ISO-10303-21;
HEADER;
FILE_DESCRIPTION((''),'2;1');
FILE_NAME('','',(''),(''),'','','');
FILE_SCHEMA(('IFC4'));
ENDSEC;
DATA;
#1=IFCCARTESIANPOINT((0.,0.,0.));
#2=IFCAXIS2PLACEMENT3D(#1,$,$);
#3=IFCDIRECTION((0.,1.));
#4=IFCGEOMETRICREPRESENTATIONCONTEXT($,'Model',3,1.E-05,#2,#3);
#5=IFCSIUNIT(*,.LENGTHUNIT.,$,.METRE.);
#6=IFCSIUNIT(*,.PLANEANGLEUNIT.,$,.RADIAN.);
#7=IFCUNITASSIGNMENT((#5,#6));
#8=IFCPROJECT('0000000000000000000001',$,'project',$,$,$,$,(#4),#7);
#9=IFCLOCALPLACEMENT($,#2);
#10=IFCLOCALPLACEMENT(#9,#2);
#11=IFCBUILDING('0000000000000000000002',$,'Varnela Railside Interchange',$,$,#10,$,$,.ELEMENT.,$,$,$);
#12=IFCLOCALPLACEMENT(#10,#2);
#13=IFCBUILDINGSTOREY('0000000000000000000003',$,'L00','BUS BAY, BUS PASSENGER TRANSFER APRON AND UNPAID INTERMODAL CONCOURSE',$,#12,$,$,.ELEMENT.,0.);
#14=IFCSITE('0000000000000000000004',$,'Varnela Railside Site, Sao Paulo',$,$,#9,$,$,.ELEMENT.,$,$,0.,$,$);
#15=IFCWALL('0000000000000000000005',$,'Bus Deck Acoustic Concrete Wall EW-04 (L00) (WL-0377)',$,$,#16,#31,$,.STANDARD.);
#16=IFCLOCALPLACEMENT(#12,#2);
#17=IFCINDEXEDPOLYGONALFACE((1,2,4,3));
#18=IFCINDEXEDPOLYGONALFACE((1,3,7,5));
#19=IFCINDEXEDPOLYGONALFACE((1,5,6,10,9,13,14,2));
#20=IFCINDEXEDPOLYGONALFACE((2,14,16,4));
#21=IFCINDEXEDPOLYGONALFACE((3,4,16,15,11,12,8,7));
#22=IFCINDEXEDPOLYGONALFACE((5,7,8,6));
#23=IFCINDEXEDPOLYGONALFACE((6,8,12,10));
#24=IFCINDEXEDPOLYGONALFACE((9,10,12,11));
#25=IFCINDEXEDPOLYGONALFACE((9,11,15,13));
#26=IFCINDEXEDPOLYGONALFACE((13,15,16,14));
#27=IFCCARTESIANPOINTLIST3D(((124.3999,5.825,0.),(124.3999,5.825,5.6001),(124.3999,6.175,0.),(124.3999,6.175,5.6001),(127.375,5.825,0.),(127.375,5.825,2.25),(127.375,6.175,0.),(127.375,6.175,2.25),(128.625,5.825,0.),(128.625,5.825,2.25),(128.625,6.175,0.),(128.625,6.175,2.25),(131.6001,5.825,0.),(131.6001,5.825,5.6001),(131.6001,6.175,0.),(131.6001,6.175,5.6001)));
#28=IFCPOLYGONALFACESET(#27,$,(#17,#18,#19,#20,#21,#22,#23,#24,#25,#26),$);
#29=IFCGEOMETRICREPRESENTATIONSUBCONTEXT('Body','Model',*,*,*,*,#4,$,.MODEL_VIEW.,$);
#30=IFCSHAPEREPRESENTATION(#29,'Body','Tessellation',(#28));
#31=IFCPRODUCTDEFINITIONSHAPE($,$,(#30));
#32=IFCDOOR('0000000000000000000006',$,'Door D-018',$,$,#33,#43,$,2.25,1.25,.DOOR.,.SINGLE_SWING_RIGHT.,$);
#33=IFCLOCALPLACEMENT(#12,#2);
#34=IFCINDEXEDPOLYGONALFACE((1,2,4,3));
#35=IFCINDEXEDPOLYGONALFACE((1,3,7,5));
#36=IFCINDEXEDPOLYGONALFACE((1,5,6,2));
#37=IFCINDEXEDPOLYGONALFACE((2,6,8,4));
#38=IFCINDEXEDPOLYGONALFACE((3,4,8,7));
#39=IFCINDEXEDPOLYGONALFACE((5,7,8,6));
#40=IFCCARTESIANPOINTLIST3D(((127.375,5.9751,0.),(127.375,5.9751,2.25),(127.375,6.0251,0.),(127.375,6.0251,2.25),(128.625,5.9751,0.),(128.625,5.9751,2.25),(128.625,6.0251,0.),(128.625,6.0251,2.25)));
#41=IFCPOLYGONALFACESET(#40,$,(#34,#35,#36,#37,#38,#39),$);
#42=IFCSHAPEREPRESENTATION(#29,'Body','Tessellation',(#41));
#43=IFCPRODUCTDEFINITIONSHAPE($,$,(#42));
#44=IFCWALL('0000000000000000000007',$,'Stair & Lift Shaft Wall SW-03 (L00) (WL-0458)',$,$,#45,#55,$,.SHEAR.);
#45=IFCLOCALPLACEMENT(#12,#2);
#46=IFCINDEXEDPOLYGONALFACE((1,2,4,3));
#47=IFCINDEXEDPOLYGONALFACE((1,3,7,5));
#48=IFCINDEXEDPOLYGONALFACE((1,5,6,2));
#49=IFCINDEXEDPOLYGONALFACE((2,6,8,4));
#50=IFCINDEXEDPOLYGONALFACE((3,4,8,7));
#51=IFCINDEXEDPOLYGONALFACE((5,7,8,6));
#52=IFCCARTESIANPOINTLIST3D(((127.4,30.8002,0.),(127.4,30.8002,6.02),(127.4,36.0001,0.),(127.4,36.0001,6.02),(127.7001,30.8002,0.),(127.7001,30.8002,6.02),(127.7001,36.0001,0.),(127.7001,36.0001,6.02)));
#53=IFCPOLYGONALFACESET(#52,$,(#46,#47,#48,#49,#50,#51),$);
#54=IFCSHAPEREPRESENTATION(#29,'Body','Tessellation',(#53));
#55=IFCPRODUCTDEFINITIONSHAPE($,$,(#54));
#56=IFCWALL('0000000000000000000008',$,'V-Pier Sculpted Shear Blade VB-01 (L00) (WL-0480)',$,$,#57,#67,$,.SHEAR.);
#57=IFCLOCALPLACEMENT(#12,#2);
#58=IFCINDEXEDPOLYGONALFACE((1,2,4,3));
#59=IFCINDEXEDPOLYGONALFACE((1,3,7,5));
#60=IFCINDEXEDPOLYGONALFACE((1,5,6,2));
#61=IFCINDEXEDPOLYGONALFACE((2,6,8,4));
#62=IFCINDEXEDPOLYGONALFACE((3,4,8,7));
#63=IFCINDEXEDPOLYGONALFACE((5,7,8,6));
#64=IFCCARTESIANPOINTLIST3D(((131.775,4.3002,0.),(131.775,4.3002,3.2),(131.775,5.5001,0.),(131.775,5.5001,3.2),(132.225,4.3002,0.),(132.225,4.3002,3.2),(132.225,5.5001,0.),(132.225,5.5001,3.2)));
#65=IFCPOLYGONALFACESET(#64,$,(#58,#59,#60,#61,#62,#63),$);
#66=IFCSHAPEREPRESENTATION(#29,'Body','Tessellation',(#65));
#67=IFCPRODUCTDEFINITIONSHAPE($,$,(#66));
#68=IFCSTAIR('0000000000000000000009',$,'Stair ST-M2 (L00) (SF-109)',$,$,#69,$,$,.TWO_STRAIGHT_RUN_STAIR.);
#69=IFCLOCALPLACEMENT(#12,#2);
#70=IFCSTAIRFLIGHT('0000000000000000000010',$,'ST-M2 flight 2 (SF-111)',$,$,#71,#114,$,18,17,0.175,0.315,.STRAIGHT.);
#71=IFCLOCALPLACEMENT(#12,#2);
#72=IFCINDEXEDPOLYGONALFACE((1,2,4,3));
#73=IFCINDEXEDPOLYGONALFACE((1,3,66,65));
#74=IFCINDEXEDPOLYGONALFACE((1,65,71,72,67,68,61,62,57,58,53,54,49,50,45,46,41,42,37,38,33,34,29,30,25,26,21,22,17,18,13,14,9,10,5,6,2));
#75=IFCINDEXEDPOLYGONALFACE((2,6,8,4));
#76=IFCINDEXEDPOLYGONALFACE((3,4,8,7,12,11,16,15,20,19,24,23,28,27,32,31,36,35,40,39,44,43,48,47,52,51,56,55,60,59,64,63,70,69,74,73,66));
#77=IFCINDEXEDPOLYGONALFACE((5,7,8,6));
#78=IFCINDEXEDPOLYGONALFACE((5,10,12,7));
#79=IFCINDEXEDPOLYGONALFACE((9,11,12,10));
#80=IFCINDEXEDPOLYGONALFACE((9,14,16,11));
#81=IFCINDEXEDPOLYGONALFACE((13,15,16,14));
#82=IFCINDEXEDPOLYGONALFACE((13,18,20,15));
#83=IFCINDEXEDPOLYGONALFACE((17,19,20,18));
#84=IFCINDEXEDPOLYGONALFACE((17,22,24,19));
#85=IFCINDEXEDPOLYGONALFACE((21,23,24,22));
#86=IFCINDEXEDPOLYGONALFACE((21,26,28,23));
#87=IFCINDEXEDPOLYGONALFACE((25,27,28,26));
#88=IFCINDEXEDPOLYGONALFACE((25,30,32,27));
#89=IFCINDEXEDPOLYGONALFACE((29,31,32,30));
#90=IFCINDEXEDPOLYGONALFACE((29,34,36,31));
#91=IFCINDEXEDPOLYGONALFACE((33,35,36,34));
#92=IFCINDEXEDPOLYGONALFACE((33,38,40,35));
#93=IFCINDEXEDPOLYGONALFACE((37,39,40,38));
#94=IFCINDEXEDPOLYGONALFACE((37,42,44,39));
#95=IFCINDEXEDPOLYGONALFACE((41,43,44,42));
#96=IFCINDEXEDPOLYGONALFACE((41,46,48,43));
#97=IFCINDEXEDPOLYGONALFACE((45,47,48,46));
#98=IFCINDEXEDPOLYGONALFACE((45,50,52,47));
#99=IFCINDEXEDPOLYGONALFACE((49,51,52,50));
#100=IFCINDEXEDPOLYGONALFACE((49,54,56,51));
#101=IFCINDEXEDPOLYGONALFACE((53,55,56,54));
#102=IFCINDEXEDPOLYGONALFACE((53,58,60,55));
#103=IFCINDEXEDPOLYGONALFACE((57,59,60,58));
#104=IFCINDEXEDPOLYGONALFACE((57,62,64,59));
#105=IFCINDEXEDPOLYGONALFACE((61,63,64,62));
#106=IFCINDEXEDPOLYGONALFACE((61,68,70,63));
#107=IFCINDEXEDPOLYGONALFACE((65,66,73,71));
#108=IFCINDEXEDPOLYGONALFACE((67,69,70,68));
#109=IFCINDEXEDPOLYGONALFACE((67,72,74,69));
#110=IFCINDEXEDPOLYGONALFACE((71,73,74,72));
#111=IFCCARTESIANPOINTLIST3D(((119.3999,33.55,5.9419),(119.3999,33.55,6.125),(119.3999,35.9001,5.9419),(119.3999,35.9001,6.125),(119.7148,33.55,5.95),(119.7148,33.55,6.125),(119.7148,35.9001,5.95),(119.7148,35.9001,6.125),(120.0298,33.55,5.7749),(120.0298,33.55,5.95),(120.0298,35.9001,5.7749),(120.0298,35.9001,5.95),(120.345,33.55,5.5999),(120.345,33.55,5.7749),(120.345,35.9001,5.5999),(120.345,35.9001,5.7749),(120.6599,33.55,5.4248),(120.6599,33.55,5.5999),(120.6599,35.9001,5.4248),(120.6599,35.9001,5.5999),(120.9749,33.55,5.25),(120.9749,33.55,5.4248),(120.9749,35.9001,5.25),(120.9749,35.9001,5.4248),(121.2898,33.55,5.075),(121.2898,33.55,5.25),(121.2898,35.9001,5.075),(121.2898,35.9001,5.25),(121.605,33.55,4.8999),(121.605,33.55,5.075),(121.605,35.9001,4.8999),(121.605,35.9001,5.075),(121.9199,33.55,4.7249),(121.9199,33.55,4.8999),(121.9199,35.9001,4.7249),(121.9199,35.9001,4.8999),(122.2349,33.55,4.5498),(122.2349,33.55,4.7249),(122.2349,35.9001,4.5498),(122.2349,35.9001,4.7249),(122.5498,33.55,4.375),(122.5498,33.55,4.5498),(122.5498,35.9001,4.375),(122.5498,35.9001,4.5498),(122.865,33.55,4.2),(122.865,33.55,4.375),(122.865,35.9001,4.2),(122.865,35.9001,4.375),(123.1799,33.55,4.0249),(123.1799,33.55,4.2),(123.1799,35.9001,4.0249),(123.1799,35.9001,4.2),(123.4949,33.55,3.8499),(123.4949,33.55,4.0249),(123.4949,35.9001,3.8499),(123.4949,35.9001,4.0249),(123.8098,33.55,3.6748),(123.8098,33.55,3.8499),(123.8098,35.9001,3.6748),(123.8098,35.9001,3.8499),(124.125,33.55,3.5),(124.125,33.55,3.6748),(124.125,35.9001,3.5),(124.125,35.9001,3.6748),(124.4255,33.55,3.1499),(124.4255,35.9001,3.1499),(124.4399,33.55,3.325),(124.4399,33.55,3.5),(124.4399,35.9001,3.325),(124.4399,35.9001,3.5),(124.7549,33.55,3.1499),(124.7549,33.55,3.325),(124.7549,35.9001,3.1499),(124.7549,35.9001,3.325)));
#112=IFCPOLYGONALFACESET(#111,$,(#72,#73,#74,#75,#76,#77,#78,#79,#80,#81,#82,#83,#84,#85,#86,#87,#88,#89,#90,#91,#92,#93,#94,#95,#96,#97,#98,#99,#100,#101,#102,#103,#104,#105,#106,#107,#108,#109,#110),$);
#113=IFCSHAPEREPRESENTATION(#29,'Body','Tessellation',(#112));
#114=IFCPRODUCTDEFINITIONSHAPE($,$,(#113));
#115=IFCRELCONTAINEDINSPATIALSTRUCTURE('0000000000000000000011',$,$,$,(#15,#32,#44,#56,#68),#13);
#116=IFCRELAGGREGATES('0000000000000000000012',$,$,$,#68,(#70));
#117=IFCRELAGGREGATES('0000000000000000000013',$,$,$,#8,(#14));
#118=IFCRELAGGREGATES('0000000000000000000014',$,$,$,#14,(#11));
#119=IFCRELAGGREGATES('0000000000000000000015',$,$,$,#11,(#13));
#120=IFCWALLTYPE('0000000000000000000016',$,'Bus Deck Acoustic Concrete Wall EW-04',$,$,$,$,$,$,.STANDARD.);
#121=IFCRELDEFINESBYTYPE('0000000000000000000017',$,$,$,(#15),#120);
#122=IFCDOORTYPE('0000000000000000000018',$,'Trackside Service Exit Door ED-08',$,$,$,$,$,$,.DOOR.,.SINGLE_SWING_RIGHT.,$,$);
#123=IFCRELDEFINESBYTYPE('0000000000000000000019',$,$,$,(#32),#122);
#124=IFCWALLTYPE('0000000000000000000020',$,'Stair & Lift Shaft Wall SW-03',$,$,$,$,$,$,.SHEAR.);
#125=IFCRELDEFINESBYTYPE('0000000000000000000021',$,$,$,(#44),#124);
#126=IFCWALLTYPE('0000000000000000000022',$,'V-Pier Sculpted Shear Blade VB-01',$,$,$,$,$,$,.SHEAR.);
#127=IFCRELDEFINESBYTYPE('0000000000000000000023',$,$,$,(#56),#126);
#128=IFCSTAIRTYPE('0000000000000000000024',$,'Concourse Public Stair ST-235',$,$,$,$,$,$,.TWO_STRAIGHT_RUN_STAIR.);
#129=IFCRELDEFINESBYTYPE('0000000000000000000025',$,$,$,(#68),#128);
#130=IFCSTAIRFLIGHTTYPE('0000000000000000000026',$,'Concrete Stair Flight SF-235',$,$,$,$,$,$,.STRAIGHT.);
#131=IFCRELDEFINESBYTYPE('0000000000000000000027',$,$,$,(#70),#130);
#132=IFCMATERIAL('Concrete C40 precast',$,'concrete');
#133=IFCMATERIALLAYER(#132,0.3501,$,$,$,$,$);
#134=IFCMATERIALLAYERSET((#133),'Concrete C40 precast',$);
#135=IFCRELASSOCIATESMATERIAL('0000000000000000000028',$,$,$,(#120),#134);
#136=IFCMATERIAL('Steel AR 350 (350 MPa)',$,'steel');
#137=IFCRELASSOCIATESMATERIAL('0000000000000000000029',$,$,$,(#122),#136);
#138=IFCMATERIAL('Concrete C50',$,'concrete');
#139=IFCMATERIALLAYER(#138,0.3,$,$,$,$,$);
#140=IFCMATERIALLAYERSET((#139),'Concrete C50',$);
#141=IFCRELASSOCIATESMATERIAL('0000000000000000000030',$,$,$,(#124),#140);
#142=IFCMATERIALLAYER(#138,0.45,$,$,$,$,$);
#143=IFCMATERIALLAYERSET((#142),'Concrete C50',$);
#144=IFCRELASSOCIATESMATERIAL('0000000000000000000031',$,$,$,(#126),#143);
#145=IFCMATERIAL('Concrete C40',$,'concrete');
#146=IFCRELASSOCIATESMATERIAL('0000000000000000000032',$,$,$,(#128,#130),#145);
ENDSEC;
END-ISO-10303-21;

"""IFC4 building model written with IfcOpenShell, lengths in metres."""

from ifc_helpers import new_model, si_unit, direction, frame, frame_2d, origin, place, context, subcontext, project, spatial, polyline, rectangle, outline, extrude, material, layer, layer_set, type_object, element, fill, aggregate, save


model = new_model("IFC4")

# Units and contexts
model_context = context("Model", 3, precision=1e-05, world=origin(), true_north=direction((0.0, 1.0)))
body_context = subcontext(model_context, "Body", "Model", "MODEL_VIEW")
ifc_project = project(units=[si_unit("LENGTHUNIT", "METRE"), si_unit("PLANEANGLEUNIT", "RADIAN")], contexts=[model_context])

# Site, building, storey
site_placement = place(None, origin())
site = spatial("IfcSite", under=ifc_project, at=site_placement, Name="Varnela Railside Site, Sao Paulo", CompositionType="ELEMENT", RefElevation=0.0)
building_placement = place(site_placement, origin())
building = spatial("IfcBuilding", under=site, at=building_placement, Name="Varnela Railside Interchange", CompositionType="ELEMENT")
storey_placement = place(building_placement, origin())
storey = spatial("IfcBuildingStorey", under=building, at=storey_placement, Name="L00", Description="BUS BAY, BUS PASSENGER TRANSFER APRON AND UNPAID INTERMODAL CONCOURSE", CompositionType="ELEMENT", Elevation=0.0)

# Shared definitions
ifc_material_1 = material(Name="Concrete C50", Category="concrete")

# Shared definitions
ifc_material_2 = material(Name="Concrete C40", Category="concrete")

# Shared definitions
ifc_material_3 = material(Name="Steel AR 350 (350 MPa)", Category="steel")

# Wall, opening, door
ifc_material_4 = material(Name="Concrete C40 precast", Category="concrete")
ifc_layer_1 = layer(ifc_material_4, 0.3501)
ifc_layer_set_1 = layer_set([ifc_layer_1], Name="Concrete C40 precast")
wall_type_1 = type_object("IfcWallType", Name="Bus Deck Acoustic Concrete Wall EW-04", PredefinedType="STANDARD", material=ifc_layer_set_1)
wall_1_placement = place(storey_placement, frame((131.6001, 6.0, 0.0), z_axis=(0.0, 0.0, 1.0), x_axis=(-1.0, 0.0, 0.0)))
wall_1 = element("IfcWall", 1, at=wall_1_placement, inside=storey, type_object=wall_type_1, Name="Bus Deck Acoustic Concrete Wall EW-04 (L00) (WL-0377)", PredefinedType="STANDARD", context=body_context, shape_type="SweptSolid", body=[
    extrude(rectangle(XDim=7.2002, YDim=0.3501, at=frame_2d((3.6001, 0.0))), origin(), (0.0, 0.0, 1.0), 5.6001),
])
opening_placement = place(wall_1_placement, frame((2.9751, 0.0, 0.0)))
opening = element("IfcOpeningElement", 2, at=opening_placement, cuts=wall_1, PredefinedType="OPENING", context=body_context, shape_type="SweptSolid", body=[
    extrude(rectangle(XDim=1.25, YDim=2.25, at=frame_2d((0.625, 1.125))), frame((0.0, 0.1851, 0.0), z_axis=(0.0, -1.0, 0.0), x_axis=(1.0, 0.0, 0.0)), (0.0, 0.0, 1.0), 0.3701),
])
door_type = type_object("IfcDoorType", Name="Trackside Service Exit Door ED-08", OperationType="SINGLE_SWING_RIGHT", PredefinedType="DOOR", material=ifc_material_3)
door_placement = place(opening_placement, origin())
door = element("IfcDoor", 3, at=door_placement, inside=storey, type_object=door_type, Name="Door D-018", OperationType="SINGLE_SWING_RIGHT", OverallHeight=2.25, OverallWidth=1.25, PredefinedType="DOOR", context=body_context, shape_type="SweptSolid", body=[
    extrude(rectangle(XDim=1.25, YDim=2.25, at=frame_2d((0.625, 1.125))), frame((0.0, 0.0249, 0.0), z_axis=(0.0, -1.0, 0.0), x_axis=(1.0, 0.0, 0.0)), (0.0, 0.0, 1.0), 0.05),
])
fill(opening, door)

# Walls
ifc_layer_2 = layer(ifc_material_1, 0.3)
ifc_layer_set_2 = layer_set([ifc_layer_2], Name="Concrete C50")
wall_type_2 = type_object("IfcWallType", Name="Stair & Lift Shaft Wall SW-03", PredefinedType="SHEAR", material=ifc_layer_set_2)
wall_2_placement = place(storey_placement, frame((127.55, 30.8, 0.0), z_axis=(0.0, 0.0, 1.0), x_axis=(0.0, 1.0, 0.0)))
element("IfcWall", 4, at=wall_2_placement, inside=storey, type_object=wall_type_2, Name="Stair & Lift Shaft Wall SW-03 (L00) (WL-0458)", PredefinedType="SHEAR", context=body_context, shape_type="SweptSolid", body=[
    extrude(rectangle(XDim=5.2, YDim=0.3, at=frame_2d((2.6001, 0.0))), origin(), (0.0, 0.0, 1.0), 6.02),
])
ifc_layer_3 = layer(ifc_material_1, 0.45)
ifc_layer_set_3 = layer_set([ifc_layer_3], Name="Concrete C50")
wall_type_3 = type_object("IfcWallType", Name="V-Pier Sculpted Shear Blade VB-01", PredefinedType="SHEAR", material=ifc_layer_set_3)
wall_3_placement = place(storey_placement, frame((132.0, 4.3, 0.0), z_axis=(0.0, 0.0, 1.0), x_axis=(0.0, 1.0, 0.0)))
element("IfcWall", 5, at=wall_3_placement, inside=storey, type_object=wall_type_3, Name="V-Pier Sculpted Shear Blade VB-01 (L00) (WL-0480)", PredefinedType="SHEAR", context=body_context, shape_type="SweptSolid", body=[
    extrude(rectangle(XDim=1.2, YDim=0.45, at=frame_2d((0.6001, 0.0))), origin(), (0.0, 0.0, 1.0), 3.2),
])

# Stair, stair flight
stair_type = type_object("IfcStairType", Name="Concourse Public Stair ST-235", PredefinedType="TWO_STRAIGHT_RUN_STAIR", material=ifc_material_2)
stair_placement = place(storey_placement, origin())
stair = element("IfcStair", 6, at=stair_placement, inside=storey, type_object=stair_type, Name="Stair ST-M2 (L00) (SF-109)", PredefinedType="TWO_STRAIGHT_RUN_STAIR")
stair_flight_type = type_object("IfcStairFlightType", Name="Concrete Stair Flight SF-235", PredefinedType="STRAIGHT", material=ifc_material_2)
stair_flight_placement = place(storey_placement, frame((124.7549, 34.7251, 3.1499), z_axis=(0.0, 0.0, 1.0), x_axis=(-1.0, 0.0, 0.0)))
stair_flight = element("IfcStairFlight", 7, at=stair_flight_placement, type_object=stair_flight_type, Name="ST-M2 flight 2 (SF-111)", NumberOfRisers=18, NumberOfTreads=17, PredefinedType="STRAIGHT", RiserHeight=0.175, TreadLength=0.315, context=body_context, shape_type="SweptSolid", body=[
    extrude(outline(polyline([(0.0, 0.0), (0.0, 0.175), (0.3149, 0.175), (0.3149, 0.3501), (0.6299, 0.3501), (0.6299, 0.5249), (0.9451, 0.5249), (0.9451, 0.7), (1.26, 0.7), (1.26, 0.875), (1.575, 0.875), (1.575, 1.05), (1.8899, 1.05), (1.8899, 1.2251), (2.2051, 1.2251), (2.2051, 1.3999), (2.52, 1.3999), (2.52, 1.575), (2.835, 1.575), (2.835, 1.75), (3.1499, 1.75), (3.1499, 1.925), (3.4651, 1.925), (3.4651, 2.1001), (3.78, 2.1001), (3.78, 2.2749), (4.095, 2.2749), (4.095, 2.45), (4.4099, 2.45), (4.4099, 2.625), (4.7251, 2.625), (4.7251, 2.8), (5.04, 2.8), (5.04, 2.9751), (5.355, 2.9751), (5.355, 3.1499), (5.355, 2.792), (0.3293, 0.0), (0.0, 0.0)])), frame((0.0, 1.175, 0.0), z_axis=(0.0, -1.0, 0.0), x_axis=(1.0, 0.0, 0.0)), (0.0, 0.0, 1.0), 2.3501),
])
aggregate(stair, [stair_flight])

save(model, "model.ifc")
